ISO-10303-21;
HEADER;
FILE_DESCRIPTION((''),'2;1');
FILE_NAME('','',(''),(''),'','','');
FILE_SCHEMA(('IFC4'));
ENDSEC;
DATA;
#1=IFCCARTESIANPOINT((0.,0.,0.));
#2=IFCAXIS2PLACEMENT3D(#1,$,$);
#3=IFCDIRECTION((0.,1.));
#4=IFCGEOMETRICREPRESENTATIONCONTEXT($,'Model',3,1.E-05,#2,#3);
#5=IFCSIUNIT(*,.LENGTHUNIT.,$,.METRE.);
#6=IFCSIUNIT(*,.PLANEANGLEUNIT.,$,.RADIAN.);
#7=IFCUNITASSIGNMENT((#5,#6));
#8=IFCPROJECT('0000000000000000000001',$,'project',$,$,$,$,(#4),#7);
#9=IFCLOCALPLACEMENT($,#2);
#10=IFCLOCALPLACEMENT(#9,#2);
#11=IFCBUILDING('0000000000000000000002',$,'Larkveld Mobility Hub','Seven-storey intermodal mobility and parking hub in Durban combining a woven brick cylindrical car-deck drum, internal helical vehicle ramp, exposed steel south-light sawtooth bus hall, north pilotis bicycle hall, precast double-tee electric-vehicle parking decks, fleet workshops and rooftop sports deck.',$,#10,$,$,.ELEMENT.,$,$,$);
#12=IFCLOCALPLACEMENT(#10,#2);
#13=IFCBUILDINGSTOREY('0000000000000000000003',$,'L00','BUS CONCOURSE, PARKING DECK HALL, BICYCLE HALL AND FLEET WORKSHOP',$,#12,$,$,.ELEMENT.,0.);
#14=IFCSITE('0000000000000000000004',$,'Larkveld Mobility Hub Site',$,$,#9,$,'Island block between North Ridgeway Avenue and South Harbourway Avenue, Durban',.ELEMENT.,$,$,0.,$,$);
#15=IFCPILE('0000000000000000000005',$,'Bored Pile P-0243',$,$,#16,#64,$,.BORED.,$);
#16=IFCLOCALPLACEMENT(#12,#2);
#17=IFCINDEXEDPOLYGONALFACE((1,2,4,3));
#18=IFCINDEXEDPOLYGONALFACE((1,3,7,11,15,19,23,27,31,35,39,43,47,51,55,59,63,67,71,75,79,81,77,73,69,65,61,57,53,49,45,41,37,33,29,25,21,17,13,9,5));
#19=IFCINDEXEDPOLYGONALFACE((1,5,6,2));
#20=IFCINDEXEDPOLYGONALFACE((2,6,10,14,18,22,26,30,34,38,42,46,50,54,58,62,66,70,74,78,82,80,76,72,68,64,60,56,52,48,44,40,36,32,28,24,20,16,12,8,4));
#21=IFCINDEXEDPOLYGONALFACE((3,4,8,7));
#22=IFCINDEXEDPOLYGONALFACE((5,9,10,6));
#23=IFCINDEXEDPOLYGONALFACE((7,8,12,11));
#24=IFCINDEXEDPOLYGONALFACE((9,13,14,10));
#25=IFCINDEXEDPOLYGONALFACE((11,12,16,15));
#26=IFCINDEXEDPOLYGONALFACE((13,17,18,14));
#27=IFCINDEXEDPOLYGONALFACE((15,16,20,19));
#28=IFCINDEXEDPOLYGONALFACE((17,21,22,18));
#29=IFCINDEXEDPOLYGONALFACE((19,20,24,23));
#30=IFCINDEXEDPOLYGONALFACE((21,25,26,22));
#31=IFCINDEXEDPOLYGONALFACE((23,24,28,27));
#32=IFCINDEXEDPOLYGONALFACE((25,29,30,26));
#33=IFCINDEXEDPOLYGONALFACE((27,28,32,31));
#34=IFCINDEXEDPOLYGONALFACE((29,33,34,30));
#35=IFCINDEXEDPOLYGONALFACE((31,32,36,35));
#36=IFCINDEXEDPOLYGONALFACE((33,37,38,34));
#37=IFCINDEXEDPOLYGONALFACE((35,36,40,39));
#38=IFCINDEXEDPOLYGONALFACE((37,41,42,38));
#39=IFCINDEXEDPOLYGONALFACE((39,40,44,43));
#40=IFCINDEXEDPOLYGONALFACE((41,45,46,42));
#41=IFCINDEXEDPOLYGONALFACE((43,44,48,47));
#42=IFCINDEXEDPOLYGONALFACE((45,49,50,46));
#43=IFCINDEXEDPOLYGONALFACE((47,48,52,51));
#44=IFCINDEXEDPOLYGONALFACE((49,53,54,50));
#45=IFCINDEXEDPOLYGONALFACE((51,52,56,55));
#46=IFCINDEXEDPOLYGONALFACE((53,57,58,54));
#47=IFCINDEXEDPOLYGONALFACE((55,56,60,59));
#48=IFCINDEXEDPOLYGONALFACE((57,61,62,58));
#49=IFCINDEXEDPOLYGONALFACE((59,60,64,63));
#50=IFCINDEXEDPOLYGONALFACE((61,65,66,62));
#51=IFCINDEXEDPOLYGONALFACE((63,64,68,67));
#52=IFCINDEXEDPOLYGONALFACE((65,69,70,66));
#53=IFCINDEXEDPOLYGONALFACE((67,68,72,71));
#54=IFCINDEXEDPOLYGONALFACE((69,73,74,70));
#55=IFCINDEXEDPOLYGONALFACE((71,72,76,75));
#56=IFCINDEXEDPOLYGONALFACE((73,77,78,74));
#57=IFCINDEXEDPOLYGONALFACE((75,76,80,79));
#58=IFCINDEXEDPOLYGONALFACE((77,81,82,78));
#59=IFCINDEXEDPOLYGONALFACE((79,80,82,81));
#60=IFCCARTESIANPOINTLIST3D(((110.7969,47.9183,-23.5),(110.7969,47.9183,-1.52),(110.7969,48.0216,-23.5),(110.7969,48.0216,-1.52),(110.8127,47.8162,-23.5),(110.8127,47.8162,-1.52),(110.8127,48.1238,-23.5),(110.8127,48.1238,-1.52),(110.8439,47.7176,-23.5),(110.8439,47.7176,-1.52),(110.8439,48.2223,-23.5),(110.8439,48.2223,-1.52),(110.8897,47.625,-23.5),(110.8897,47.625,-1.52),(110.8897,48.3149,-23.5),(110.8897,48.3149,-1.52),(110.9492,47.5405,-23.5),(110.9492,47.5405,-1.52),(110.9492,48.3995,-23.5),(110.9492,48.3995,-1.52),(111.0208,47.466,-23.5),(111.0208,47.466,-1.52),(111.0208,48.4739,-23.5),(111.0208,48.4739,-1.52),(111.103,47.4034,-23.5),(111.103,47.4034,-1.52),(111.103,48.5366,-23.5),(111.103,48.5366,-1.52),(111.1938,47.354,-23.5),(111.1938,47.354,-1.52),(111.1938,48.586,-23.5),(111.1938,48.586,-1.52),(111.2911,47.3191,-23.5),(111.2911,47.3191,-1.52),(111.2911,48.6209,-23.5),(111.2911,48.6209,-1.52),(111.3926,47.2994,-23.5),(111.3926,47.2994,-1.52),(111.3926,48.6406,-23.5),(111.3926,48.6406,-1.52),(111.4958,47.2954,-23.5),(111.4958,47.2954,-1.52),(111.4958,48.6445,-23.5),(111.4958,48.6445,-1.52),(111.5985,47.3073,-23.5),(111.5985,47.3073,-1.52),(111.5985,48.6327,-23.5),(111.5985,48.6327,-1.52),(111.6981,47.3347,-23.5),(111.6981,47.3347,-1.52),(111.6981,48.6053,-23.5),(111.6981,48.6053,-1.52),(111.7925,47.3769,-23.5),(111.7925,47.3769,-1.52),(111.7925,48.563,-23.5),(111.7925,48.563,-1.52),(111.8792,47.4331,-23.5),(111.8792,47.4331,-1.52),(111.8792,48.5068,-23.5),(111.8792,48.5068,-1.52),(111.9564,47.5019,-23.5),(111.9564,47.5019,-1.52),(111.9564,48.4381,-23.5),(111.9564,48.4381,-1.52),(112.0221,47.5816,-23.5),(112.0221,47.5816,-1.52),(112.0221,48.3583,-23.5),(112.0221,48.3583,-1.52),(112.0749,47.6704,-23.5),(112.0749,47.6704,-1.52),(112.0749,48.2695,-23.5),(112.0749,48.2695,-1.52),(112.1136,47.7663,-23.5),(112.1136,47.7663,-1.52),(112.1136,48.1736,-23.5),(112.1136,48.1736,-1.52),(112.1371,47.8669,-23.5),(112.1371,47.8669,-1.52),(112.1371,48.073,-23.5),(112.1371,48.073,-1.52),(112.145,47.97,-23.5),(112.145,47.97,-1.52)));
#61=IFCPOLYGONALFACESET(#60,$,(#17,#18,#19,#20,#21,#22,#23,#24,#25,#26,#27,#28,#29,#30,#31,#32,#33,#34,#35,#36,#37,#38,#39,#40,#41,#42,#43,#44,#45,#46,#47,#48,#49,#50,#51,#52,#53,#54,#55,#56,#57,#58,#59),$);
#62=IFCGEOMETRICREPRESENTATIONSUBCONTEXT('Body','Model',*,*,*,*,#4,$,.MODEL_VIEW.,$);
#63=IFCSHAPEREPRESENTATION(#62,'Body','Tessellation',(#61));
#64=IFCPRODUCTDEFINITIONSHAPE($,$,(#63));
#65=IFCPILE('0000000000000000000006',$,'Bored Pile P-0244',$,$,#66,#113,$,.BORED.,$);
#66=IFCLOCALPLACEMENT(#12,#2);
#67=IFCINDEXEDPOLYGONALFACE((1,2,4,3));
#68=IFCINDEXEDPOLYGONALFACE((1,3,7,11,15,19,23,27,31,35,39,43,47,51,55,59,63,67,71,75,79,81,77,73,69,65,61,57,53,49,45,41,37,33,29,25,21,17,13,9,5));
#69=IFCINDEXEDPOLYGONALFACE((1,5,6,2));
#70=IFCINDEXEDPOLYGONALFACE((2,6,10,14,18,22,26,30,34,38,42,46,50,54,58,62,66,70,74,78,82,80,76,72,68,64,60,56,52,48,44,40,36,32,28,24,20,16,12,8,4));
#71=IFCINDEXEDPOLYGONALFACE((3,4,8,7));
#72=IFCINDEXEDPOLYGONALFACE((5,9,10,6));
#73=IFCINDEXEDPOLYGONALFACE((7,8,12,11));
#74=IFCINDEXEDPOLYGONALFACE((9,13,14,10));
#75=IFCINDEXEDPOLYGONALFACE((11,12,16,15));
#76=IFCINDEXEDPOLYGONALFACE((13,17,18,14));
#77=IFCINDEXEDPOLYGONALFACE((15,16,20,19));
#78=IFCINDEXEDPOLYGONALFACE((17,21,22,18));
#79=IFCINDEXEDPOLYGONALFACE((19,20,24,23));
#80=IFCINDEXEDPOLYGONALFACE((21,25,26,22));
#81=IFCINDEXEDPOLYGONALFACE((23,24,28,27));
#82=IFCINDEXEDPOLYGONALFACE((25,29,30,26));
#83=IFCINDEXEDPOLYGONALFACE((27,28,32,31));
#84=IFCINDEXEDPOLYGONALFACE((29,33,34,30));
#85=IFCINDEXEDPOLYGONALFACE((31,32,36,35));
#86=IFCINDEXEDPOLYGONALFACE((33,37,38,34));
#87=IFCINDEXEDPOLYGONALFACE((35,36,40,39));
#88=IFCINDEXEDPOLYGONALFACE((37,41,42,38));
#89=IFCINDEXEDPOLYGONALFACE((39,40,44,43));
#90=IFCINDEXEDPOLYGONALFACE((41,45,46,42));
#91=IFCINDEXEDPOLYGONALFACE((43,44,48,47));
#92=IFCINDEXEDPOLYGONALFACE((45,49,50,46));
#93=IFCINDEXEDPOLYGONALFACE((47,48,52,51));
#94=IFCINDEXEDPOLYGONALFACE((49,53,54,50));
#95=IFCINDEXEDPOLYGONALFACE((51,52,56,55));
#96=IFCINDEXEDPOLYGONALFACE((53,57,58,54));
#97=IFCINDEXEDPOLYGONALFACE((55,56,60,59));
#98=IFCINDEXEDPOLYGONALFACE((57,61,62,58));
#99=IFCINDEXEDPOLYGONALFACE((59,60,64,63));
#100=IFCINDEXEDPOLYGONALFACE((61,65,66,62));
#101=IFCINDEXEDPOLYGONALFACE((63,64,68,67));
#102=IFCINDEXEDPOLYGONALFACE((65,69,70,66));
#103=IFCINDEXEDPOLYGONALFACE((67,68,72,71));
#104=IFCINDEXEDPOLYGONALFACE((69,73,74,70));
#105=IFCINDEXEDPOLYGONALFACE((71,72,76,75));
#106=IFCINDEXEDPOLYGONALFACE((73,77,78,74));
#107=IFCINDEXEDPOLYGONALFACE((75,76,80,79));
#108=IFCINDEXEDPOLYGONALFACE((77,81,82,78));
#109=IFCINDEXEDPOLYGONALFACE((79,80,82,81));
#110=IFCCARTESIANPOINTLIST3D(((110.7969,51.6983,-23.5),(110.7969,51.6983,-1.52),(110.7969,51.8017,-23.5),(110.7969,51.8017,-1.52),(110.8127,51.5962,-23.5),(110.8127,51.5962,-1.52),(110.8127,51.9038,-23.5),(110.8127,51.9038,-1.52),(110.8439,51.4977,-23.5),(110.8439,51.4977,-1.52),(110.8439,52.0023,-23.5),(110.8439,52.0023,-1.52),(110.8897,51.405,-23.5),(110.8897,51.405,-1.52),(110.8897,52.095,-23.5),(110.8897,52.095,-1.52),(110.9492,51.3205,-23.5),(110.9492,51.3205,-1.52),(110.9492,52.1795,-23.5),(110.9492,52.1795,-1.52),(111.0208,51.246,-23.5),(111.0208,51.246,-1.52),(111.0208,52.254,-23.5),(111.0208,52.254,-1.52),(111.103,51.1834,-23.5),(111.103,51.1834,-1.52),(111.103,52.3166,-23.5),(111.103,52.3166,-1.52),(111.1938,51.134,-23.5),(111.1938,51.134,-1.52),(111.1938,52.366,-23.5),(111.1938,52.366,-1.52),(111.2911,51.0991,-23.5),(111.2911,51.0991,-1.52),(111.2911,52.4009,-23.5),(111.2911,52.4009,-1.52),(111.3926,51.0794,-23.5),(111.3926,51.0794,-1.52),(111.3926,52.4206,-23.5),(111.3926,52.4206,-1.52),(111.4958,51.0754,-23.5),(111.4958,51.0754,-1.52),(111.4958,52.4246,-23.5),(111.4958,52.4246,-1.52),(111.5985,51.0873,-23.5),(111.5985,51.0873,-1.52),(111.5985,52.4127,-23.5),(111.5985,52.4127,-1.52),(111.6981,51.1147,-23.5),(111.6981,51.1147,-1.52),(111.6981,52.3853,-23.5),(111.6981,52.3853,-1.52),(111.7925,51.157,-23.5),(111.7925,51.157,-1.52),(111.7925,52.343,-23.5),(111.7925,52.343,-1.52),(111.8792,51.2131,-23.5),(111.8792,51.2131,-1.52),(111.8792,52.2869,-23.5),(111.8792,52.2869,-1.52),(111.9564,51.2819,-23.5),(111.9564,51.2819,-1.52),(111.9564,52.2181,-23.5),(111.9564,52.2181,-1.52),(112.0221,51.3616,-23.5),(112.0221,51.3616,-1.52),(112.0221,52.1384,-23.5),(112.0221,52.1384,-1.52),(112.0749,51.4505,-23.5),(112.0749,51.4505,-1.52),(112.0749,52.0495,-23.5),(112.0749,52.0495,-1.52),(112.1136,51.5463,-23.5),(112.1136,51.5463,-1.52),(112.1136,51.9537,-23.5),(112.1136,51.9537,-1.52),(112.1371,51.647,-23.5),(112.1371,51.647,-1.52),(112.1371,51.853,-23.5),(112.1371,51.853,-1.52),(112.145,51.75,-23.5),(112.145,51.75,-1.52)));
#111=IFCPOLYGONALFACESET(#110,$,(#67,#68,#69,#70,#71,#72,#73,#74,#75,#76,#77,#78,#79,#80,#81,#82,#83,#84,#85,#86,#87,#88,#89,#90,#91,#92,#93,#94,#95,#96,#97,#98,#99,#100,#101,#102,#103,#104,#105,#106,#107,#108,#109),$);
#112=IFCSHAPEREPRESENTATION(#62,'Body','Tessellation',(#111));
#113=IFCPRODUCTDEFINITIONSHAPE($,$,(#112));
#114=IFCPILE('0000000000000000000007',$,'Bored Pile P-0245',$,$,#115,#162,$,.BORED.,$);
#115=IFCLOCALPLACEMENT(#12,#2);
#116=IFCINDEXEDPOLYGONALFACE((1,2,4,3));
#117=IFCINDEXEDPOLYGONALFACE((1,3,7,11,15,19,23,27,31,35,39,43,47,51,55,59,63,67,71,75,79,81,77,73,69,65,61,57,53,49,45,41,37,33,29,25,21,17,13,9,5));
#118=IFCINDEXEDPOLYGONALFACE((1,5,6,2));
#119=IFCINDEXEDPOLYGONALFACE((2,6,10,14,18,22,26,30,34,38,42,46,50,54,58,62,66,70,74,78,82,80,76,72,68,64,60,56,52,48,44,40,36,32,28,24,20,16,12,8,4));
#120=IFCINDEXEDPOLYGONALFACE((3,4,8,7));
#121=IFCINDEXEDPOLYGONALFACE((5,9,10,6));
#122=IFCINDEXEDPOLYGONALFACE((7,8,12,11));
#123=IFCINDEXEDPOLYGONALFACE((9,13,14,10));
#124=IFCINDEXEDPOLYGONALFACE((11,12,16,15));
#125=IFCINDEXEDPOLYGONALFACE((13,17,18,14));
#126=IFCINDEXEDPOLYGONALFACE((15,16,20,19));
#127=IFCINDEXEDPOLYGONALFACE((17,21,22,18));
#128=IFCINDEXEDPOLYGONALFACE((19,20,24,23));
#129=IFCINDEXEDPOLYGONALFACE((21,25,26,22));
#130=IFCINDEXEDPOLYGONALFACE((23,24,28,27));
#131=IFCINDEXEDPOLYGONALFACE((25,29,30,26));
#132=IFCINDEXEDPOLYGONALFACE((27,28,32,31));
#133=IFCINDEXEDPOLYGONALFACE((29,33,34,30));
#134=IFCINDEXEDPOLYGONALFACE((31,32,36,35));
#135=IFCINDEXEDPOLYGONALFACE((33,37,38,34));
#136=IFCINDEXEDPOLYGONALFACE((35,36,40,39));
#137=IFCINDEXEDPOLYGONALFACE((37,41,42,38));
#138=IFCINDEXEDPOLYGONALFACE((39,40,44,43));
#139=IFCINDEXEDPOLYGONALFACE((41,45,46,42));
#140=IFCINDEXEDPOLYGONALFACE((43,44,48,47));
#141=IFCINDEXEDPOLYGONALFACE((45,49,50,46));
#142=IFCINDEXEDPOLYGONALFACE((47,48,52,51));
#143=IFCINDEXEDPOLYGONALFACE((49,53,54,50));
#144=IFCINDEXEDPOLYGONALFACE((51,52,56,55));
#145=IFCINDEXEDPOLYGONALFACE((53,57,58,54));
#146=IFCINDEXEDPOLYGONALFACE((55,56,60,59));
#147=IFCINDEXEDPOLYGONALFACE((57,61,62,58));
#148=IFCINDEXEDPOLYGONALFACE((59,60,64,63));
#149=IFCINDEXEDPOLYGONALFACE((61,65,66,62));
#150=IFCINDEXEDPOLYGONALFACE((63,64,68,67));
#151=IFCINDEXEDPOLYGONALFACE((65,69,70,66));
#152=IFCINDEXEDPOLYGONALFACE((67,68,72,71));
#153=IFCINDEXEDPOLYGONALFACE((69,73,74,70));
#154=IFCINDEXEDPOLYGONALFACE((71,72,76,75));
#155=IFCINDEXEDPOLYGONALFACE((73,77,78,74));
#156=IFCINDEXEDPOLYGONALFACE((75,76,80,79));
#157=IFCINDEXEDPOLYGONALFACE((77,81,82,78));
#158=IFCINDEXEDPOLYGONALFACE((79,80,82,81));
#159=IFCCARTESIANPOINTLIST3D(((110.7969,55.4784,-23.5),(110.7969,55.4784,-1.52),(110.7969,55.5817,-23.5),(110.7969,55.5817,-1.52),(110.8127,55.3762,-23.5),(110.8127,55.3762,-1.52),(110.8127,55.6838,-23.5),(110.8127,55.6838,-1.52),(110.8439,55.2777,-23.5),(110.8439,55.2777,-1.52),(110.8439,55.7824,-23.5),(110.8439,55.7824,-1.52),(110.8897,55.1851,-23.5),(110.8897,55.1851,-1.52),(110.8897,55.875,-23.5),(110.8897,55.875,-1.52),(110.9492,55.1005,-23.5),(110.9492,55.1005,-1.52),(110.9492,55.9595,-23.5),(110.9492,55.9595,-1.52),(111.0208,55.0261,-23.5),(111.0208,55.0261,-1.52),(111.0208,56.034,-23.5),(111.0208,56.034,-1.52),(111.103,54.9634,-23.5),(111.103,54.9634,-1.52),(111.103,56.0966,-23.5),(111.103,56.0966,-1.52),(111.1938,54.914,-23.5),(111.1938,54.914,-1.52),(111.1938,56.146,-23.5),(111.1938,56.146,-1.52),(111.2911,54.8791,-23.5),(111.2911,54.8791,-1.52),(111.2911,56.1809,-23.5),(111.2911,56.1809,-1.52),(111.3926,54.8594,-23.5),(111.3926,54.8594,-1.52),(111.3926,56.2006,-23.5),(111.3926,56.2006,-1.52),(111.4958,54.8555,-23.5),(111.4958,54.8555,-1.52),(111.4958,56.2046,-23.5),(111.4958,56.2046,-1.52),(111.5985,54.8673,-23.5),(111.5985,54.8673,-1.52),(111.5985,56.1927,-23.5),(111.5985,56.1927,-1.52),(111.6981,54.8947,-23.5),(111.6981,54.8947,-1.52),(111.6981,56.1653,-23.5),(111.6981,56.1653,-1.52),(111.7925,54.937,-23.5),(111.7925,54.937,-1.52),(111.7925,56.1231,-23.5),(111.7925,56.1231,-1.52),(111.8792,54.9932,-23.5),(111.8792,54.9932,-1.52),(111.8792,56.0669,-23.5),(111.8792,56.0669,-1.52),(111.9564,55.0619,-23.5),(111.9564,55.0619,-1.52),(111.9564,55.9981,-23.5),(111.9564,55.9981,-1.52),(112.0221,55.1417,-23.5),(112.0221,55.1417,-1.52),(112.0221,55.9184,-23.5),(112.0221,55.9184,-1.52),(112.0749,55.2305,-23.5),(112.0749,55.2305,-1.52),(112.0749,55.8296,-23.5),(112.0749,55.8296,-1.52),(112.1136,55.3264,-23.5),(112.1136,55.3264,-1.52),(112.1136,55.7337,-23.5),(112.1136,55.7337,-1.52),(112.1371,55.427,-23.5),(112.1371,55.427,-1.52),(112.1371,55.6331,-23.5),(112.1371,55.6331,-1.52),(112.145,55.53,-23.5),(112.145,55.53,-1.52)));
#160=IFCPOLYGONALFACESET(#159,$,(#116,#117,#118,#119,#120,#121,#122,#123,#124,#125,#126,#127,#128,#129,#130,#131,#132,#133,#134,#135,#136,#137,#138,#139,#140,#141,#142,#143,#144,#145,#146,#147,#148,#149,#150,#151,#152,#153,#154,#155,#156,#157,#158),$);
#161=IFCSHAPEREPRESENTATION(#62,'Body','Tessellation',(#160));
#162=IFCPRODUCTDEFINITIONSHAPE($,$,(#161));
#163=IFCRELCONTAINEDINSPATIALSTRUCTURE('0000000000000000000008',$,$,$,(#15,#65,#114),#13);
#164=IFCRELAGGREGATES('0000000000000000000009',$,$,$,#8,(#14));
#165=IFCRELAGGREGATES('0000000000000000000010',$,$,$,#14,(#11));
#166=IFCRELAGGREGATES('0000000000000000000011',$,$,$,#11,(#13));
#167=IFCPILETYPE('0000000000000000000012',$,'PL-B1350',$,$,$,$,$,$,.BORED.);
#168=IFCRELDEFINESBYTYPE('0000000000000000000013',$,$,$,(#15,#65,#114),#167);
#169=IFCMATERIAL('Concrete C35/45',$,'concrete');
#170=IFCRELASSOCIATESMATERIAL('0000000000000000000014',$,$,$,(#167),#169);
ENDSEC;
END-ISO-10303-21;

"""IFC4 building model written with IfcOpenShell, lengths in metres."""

from ifc_helpers import new_model, si_unit, direction, frame, origin, origin_2d, place, context, subcontext, project, spatial, circle, extrude, material, material_profile, profile_set, type_object, element, save


model = new_model("IFC4")

# Units and contexts
model_context = context("Model", 3, precision=1e-05, world=origin(), true_north=direction((0.0, 1.0)))
body_context = subcontext(model_context, "Body", "Model", "MODEL_VIEW")
ifc_project = project(units=[si_unit("LENGTHUNIT", "METRE"), si_unit("PLANEANGLEUNIT", "RADIAN")], contexts=[model_context])

# Site, building, storey
site_placement = place(None, origin())
site = spatial("IfcSite", under=ifc_project, at=site_placement, Name="Larkveld Mobility Hub Site", LongName="Island block between North Ridgeway Avenue and South Harbourway Avenue, Durban", CompositionType="ELEMENT", RefElevation=0.0)
building_placement = place(site_placement, origin())
building = spatial("IfcBuilding", under=site, at=building_placement, Name="Larkveld Mobility Hub", Description="Seven-storey intermodal mobility and parking hub in Durban combining a woven brick cylindrical car-deck drum, internal helical vehicle ramp, exposed steel south-light sawtooth bus hall, north pilotis bicycle hall, precast double-tee electric-vehicle parking decks, fleet workshops and rooftop sports deck.", CompositionType="ELEMENT")
storey_placement = place(building_placement, origin())
storey = spatial("IfcBuildingStorey", under=building, at=storey_placement, Name="L00", Description="BUS CONCOURSE, PARKING DECK HALL, BICYCLE HALL AND FLEET WORKSHOP", CompositionType="ELEMENT", Elevation=0.0)

# Shared definitions
ifc_material_1 = material(Name="Concrete C35/45", Category="concrete")

# Piles
ifc_material_profile_1 = material_profile(ifc_material_1, circle(Radius=0.675, at=origin_2d()), Name="PILE D1350")
ifc_profile_set_1 = profile_set([ifc_material_profile_1], Name="Concrete C35/45")
pile_type_1 = type_object("IfcPileType", Name="PL-B1350", PredefinedType="BORED", material=ifc_profile_set_1)
for number, where, z_axis, x_axis, name in (
    (1, (111.47, 47.97, -1.52), (0.0, 0.0, -1.0), (1.0, 0.0, 0.0), "Bored Pile P-0243"),
    (2, (111.47, 51.75, -1.52), (0.0, 0.0, -1.0), (1.0, 0.0, 0.0), "Bored Pile P-0244"),
    (3, (111.47, 55.53, -1.52), (0.0, 0.0, -1.0), (1.0, 0.0, 0.0), "Bored Pile P-0245"),
):
    element("IfcPile", number, at=place(storey_placement, frame(where, z_axis=z_axis, x_axis=x_axis)), inside=storey, type_object=pile_type_1, Name=name, PredefinedType="BORED", context=body_context, shape_type="SweptSolid", body=[
        extrude(circle(Radius=0.675, at=origin_2d()), origin(), (0.0, 0.0, 1.0), 21.98),
    ])

save(model, "model.ifc")
